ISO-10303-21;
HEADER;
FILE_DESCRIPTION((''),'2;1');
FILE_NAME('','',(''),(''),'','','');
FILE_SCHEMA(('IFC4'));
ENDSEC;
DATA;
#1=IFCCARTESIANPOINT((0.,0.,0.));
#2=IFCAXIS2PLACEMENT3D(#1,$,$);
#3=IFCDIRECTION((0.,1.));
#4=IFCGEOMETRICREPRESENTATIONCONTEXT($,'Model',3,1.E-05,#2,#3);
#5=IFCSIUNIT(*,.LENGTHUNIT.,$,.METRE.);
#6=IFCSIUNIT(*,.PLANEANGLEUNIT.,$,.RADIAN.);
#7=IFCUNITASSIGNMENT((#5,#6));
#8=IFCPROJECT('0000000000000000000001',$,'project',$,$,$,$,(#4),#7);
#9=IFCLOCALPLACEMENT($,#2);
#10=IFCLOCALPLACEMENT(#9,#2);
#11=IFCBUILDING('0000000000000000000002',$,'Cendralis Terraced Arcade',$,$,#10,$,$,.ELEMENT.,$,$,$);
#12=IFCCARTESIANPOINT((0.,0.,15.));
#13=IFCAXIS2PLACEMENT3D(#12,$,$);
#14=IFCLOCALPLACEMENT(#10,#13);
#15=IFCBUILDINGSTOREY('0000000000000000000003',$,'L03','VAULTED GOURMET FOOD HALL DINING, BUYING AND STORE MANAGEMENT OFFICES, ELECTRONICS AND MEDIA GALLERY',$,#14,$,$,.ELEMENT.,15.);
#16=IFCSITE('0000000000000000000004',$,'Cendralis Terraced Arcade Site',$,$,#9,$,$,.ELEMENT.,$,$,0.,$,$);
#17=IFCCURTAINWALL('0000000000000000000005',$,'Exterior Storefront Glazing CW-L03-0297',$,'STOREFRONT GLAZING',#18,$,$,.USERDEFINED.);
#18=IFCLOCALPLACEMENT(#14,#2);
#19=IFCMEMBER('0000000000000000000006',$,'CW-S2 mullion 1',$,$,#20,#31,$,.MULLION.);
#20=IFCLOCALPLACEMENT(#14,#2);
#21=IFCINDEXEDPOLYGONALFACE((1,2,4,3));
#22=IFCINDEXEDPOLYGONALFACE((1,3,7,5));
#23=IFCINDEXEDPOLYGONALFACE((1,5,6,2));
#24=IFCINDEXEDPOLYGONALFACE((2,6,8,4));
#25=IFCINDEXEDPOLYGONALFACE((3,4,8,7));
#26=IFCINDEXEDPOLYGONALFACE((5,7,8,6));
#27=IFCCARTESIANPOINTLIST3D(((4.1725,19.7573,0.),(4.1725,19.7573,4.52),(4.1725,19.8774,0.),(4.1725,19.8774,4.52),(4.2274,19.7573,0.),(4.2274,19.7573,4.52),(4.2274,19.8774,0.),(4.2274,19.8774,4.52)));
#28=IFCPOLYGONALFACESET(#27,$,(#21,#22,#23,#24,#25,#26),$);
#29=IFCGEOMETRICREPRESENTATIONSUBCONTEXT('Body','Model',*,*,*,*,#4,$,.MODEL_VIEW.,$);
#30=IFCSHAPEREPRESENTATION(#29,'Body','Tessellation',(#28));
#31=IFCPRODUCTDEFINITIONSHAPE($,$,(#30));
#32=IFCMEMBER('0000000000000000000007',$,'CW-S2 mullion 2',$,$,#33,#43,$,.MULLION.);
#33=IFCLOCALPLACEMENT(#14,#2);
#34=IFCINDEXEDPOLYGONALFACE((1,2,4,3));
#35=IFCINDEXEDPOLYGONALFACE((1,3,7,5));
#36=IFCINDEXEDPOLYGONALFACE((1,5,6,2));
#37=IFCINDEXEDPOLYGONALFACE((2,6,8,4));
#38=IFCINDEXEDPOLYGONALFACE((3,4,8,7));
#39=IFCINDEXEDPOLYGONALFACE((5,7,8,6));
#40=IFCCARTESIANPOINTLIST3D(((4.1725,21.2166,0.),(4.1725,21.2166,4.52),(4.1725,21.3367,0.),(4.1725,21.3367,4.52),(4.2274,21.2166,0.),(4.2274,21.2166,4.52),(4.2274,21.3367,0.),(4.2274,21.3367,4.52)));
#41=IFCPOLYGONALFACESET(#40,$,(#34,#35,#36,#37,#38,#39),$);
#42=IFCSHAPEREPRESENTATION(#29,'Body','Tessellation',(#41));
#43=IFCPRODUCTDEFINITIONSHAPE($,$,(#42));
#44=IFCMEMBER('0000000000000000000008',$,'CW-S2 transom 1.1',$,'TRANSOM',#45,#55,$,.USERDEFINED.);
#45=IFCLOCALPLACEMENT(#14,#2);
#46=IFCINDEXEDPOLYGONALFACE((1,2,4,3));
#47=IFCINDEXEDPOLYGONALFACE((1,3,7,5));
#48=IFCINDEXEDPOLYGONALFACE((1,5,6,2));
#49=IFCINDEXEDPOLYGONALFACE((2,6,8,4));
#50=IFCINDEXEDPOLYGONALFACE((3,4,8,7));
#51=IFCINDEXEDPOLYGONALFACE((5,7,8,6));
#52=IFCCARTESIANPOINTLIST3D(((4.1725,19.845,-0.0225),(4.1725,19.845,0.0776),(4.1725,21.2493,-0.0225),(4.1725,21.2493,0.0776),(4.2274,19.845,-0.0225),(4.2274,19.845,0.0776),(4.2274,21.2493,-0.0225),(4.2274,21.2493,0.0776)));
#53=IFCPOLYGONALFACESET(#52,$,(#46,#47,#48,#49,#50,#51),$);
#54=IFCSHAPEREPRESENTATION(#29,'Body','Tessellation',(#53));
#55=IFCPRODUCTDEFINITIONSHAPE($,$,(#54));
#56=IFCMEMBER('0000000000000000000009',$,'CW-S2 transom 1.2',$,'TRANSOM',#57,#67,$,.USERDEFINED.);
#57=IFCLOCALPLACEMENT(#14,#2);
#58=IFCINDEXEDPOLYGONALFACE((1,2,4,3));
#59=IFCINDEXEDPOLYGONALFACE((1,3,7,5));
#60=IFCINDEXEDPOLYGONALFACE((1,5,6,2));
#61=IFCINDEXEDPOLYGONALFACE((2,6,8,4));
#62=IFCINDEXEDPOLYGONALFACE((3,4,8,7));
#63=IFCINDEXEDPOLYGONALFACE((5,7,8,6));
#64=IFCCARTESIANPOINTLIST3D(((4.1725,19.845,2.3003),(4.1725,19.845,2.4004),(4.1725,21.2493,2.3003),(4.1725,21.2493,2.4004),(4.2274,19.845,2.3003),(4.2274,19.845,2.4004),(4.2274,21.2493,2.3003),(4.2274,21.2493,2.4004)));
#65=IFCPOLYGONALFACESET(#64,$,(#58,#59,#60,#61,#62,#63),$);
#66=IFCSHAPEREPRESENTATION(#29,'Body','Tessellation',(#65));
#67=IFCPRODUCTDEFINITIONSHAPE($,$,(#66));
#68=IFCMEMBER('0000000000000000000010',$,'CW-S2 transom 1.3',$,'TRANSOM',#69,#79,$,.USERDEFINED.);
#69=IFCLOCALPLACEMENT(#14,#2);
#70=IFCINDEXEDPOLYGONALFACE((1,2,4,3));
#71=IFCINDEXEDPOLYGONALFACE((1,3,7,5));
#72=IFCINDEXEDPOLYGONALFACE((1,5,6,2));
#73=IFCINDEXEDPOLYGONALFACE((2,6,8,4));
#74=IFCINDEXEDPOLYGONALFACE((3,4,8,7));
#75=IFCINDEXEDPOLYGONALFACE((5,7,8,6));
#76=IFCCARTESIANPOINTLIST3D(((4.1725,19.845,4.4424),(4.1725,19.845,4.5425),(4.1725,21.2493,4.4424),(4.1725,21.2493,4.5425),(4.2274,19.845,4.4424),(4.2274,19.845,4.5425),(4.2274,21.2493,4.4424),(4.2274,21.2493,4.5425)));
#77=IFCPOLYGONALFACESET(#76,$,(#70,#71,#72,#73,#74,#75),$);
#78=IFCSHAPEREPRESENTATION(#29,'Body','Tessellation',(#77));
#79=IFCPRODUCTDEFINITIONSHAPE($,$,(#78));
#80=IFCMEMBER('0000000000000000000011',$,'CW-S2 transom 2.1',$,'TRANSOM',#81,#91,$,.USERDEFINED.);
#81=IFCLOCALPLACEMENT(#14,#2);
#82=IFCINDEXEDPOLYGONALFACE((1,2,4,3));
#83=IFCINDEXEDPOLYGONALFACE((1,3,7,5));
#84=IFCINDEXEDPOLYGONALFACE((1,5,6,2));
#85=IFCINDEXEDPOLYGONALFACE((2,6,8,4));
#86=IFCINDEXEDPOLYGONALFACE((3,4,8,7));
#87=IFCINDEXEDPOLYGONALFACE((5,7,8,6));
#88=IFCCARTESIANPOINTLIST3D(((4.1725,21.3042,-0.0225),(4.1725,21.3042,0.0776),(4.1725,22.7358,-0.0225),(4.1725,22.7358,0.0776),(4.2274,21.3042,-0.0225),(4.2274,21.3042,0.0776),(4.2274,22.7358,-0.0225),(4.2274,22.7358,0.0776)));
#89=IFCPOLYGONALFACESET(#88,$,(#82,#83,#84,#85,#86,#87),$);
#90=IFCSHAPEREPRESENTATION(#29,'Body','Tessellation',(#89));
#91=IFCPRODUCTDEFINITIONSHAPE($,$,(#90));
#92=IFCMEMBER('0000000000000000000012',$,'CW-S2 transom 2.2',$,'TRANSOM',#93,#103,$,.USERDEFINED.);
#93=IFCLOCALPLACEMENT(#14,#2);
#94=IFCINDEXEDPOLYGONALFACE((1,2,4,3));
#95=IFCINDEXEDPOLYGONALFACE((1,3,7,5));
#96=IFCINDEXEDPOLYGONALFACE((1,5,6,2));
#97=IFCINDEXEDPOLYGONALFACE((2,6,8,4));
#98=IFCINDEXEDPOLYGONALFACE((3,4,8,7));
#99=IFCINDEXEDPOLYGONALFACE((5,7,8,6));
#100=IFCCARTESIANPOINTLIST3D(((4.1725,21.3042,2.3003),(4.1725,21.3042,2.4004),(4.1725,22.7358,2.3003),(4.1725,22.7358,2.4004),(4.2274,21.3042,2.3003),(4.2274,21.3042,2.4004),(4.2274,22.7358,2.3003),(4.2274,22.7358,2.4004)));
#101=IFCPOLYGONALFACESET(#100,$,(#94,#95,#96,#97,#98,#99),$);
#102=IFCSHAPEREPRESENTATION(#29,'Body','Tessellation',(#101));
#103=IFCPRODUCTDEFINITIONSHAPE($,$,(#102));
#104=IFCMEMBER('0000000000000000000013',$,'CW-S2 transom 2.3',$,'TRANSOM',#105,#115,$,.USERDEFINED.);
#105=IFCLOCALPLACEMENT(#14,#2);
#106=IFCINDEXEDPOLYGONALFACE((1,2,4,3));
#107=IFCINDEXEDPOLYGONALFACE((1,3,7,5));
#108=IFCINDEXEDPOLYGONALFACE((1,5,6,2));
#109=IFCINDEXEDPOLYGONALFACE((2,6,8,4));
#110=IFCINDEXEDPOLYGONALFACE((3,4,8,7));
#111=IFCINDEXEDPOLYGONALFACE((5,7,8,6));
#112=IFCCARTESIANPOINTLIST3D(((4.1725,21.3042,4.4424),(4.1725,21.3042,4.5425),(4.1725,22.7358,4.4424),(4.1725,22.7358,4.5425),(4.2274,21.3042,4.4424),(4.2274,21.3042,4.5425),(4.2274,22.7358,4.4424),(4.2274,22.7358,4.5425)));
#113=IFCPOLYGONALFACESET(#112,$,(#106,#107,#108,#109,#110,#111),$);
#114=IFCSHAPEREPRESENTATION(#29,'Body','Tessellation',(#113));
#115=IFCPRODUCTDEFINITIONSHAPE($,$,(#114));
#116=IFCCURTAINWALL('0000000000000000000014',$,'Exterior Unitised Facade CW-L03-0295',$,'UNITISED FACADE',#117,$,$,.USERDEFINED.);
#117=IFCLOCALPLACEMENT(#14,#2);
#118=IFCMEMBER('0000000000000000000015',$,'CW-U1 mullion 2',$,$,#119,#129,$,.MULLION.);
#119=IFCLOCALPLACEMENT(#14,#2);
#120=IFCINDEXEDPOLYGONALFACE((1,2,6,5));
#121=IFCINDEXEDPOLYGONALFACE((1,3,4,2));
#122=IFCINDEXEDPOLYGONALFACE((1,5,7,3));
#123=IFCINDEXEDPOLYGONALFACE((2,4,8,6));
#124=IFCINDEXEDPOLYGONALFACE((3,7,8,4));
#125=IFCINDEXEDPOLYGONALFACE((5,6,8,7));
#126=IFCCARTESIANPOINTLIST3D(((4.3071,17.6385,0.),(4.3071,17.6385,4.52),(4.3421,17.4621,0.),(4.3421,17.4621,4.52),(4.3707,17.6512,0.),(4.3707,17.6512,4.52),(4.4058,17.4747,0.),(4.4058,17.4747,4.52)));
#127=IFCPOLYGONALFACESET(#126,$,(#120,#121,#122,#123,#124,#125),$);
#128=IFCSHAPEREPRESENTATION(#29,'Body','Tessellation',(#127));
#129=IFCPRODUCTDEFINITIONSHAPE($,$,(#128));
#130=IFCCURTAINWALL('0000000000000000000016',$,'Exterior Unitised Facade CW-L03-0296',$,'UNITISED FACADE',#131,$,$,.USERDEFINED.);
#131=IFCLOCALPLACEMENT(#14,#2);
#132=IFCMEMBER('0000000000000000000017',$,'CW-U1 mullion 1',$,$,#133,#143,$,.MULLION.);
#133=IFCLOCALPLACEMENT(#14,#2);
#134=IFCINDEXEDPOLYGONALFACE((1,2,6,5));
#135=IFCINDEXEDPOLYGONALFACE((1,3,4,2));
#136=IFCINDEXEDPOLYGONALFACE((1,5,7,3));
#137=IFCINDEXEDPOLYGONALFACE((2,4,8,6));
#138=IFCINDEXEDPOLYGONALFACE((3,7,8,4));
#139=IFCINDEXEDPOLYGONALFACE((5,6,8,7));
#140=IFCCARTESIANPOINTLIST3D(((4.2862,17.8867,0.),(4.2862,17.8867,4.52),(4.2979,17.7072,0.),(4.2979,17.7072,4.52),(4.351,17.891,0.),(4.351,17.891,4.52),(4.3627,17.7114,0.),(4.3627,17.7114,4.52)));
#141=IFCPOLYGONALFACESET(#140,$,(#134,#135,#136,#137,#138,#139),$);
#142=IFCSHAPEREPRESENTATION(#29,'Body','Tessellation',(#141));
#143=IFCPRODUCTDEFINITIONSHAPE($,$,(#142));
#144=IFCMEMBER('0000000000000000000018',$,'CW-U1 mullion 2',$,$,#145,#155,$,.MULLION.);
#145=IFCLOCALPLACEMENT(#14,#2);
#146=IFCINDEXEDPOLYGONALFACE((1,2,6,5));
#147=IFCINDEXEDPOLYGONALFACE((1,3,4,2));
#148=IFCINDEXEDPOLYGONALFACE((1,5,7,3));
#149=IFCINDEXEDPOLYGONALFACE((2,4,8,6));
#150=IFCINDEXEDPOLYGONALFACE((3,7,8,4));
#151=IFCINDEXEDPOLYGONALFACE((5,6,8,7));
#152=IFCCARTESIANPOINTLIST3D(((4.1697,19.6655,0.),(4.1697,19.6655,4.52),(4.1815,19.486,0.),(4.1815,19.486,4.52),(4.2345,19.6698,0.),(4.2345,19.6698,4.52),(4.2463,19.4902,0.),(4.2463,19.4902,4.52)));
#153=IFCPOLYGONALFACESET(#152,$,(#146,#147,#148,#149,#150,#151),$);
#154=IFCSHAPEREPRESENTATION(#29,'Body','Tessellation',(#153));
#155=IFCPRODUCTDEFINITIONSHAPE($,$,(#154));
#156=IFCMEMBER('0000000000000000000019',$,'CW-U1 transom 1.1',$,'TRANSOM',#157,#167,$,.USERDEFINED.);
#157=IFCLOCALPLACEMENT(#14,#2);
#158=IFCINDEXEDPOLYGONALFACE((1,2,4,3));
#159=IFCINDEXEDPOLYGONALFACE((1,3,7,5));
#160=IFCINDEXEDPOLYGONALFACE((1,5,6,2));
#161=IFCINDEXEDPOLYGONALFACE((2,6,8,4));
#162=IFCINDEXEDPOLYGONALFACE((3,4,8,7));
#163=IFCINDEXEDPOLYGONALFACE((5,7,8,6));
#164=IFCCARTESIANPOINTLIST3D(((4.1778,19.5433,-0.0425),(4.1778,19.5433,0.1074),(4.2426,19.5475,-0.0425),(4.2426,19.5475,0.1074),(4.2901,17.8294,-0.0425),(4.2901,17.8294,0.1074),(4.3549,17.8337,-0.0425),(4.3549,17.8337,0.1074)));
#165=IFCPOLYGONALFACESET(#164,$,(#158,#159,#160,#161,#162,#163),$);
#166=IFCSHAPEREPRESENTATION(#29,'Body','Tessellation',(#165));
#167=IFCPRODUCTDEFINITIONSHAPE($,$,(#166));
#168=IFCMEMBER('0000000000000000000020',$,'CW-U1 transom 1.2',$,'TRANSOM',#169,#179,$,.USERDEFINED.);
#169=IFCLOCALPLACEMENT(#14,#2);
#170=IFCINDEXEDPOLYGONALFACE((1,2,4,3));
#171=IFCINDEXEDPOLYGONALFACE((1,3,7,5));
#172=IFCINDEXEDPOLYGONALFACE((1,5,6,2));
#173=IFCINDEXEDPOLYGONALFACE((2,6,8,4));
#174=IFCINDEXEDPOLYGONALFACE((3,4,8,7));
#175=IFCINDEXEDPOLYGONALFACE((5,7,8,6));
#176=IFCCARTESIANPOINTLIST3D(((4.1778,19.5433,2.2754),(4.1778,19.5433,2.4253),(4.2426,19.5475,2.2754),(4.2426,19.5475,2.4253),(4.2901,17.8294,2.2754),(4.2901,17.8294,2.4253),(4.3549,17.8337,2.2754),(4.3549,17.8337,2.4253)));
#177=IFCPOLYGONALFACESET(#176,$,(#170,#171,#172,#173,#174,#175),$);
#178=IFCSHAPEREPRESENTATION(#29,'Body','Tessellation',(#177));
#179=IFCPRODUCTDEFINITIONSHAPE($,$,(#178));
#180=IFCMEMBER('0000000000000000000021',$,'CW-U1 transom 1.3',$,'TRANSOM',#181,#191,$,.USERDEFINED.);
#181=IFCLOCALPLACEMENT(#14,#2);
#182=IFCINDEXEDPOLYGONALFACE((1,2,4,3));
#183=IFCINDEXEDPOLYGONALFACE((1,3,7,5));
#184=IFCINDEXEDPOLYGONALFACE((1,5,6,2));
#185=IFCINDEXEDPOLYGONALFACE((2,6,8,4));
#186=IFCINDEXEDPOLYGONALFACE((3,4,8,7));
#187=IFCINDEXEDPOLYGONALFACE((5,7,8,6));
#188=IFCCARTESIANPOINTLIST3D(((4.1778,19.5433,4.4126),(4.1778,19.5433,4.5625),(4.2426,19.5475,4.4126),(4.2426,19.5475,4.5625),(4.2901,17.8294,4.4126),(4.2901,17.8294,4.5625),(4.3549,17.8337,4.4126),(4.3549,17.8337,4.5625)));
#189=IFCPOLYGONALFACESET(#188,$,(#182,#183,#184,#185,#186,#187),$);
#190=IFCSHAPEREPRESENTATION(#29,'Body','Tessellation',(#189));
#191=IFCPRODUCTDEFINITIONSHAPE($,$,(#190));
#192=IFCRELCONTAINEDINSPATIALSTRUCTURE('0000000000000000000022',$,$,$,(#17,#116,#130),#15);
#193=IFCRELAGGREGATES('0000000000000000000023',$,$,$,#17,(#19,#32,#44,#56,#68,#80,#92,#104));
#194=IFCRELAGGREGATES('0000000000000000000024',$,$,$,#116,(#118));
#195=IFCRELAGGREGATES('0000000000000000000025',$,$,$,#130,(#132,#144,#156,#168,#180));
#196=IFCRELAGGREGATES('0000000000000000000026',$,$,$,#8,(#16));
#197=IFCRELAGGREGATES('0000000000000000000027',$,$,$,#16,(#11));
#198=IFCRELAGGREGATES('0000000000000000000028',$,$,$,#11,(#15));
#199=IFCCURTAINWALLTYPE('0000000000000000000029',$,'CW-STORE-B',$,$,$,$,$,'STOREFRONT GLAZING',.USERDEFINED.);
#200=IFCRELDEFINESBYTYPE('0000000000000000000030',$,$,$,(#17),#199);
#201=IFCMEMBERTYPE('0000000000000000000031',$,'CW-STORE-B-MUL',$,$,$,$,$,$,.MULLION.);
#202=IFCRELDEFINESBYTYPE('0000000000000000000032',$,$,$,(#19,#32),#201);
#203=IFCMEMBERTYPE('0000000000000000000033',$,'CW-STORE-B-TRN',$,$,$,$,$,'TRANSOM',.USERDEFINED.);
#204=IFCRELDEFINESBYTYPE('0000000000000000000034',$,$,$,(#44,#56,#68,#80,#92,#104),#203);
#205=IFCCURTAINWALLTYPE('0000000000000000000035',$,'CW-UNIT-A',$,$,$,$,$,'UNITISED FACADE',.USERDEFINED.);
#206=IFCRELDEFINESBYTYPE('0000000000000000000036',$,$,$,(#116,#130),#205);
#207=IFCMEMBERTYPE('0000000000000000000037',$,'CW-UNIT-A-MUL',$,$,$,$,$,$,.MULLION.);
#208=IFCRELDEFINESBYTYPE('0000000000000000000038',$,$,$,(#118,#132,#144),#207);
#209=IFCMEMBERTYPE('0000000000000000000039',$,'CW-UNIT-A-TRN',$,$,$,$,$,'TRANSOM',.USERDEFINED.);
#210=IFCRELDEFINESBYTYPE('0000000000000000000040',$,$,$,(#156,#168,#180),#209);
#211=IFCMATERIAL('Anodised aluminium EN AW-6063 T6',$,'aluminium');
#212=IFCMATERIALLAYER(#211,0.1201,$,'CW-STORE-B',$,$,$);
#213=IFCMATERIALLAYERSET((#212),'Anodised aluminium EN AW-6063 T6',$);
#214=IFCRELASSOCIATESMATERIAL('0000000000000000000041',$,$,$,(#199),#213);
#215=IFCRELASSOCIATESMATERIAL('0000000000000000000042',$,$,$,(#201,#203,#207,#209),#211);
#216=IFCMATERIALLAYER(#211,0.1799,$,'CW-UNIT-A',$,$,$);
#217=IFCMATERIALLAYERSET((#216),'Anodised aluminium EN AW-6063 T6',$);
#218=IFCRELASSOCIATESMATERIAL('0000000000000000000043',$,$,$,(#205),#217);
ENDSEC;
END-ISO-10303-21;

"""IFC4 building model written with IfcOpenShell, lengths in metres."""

from ifc_helpers import new_model, si_unit, direction, frame, origin, origin_2d, place, context, subcontext, project, spatial, rectangle, extrude, material, layer, layer_set, material_profile, profile_set, type_object, element, aggregate, save


model = new_model("IFC4")

# Units and contexts
model_context = context("Model", 3, precision=1e-05, world=origin(), true_north=direction((0.0, 1.0)))
body_context = subcontext(model_context, "Body", "Model", "MODEL_VIEW")
ifc_project = project(units=[si_unit("LENGTHUNIT", "METRE"), si_unit("PLANEANGLEUNIT", "RADIAN")], contexts=[model_context])

# Site, building, storey
site_placement = place(None, origin())
site = spatial("IfcSite", under=ifc_project, at=site_placement, Name="Cendralis Terraced Arcade Site", CompositionType="ELEMENT", RefElevation=0.0)
building_placement = place(site_placement, origin())
building = spatial("IfcBuilding", under=site, at=building_placement, Name="Cendralis Terraced Arcade", CompositionType="ELEMENT")
storey_placement = place(building_placement, frame((0.0, 0.0, 15.0)))
storey = spatial("IfcBuildingStorey", under=building, at=storey_placement, Name="L03", Description="VAULTED GOURMET FOOD HALL DINING, BUYING AND STORE MANAGEMENT OFFICES, ELECTRONICS AND MEDIA GALLERY", CompositionType="ELEMENT", Elevation=15.0)

# Curtain wall, members
ifc_material_1 = material(Name="Anodised aluminium EN AW-6063 T6", Category="aluminium")
ifc_layer_1 = layer(ifc_material_1, 0.1201, Name="CW-STORE-B")
ifc_layer_set_1 = layer_set([ifc_layer_1], Name="Anodised aluminium EN AW-6063 T6")
curtain_wall_type_1 = type_object("IfcCurtainWallType", Name="CW-STORE-B", ElementType="STOREFRONT GLAZING", PredefinedType="USERDEFINED", material=ifc_layer_set_1)
curtain_wall_1_placement = place(storey_placement, origin())
curtain_wall_1 = element("IfcCurtainWall", 1, at=curtain_wall_1_placement, inside=storey, type_object=curtain_wall_type_1, Name="Exterior Storefront Glazing CW-L03-0297", ObjectType="STOREFRONT GLAZING", PredefinedType="USERDEFINED")
ifc_material_profile_1 = material_profile(ifc_material_1, rectangle(XDim=0.0549, YDim=0.1201, at=origin_2d()), Name="ALU-MUL-55x120")
ifc_profile_set_1 = profile_set([ifc_material_profile_1], Name="Anodised aluminium EN AW-6063 T6")
member_type_1 = type_object("IfcMemberType", Name="CW-STORE-B-MUL", PredefinedType="MULLION", material=ifc_profile_set_1)
member_1_placement = place(storey_placement, frame((4.2, 19.8174, 0.0), z_axis=(0.0, 0.0, 1.0), x_axis=(-1.0, 0.0, 0.0)))
member_1 = element("IfcMember", 2, at=member_1_placement, type_object=member_type_1, Name="CW-S2 mullion 1", PredefinedType="MULLION", context=body_context, shape_type="SweptSolid", body=[
    extrude(rectangle(XDim=0.0549, YDim=0.1201, at=origin_2d()), origin(), (0.0, 0.0, 1.0), 4.52),
])
member_2_placement = place(storey_placement, frame((4.2, 21.2766, 0.0), z_axis=(0.0, 0.0, 1.0), x_axis=(-1.0, 0.0, 0.0)))
member_2 = element("IfcMember", 3, at=member_2_placement, type_object=member_type_1, Name="CW-S2 mullion 2", PredefinedType="MULLION", context=body_context, shape_type="SweptSolid", body=[
    extrude(rectangle(XDim=0.0549, YDim=0.1201, at=origin_2d()), origin(), (0.0, 0.0, 1.0), 4.52),
])
ifc_material_profile_2 = material_profile(ifc_material_1, rectangle(XDim=0.0549, YDim=0.1001, at=origin_2d()), Name="ALU-TRN-55x100")
ifc_profile_set_2 = profile_set([ifc_material_profile_2], Name="Anodised aluminium EN AW-6063 T6")
member_type_2 = type_object("IfcMemberType", Name="CW-STORE-B-TRN", ElementType="TRANSOM", PredefinedType="USERDEFINED", material=ifc_profile_set_2)
member_3_placement = place(storey_placement, frame((4.2, 19.845, 0.0276), z_axis=(0.0, 1.0, 0.0), x_axis=(-1.0, 0.0, 0.0)))
member_3 = element("IfcMember", 4, at=member_3_placement, type_object=member_type_2, Name="CW-S2 transom 1.1", ObjectType="TRANSOM", PredefinedType="USERDEFINED", context=body_context, shape_type="SweptSolid", body=[
    extrude(rectangle(XDim=0.0549, YDim=0.1001, at=origin_2d()), origin(), (0.0, 0.0, 1.0), 1.4043),
])
member_4_placement = place(storey_placement, frame((4.2, 19.845, 2.3503), z_axis=(0.0, 1.0, 0.0), x_axis=(-1.0, 0.0, 0.0)))
member_4 = element("IfcMember", 5, at=member_4_placement, type_object=member_type_2, Name="CW-S2 transom 1.2", ObjectType="TRANSOM", PredefinedType="USERDEFINED", context=body_context, shape_type="SweptSolid", body=[
    extrude(rectangle(XDim=0.0549, YDim=0.1001, at=origin_2d()), origin(), (0.0, 0.0, 1.0), 1.4043),
])
member_5_placement = place(storey_placement, frame((4.2, 19.845, 4.4924), z_axis=(0.0, 1.0, 0.0), x_axis=(-1.0, 0.0, 0.0)))
member_5 = element("IfcMember", 6, at=member_5_placement, type_object=member_type_2, Name="CW-S2 transom 1.3", ObjectType="TRANSOM", PredefinedType="USERDEFINED", context=body_context, shape_type="SweptSolid", body=[
    extrude(rectangle(XDim=0.0549, YDim=0.1001, at=origin_2d()), origin(), (0.0, 0.0, 1.0), 1.4043),
])
member_6_placement = place(storey_placement, frame((4.2, 21.3042, 0.0276), z_axis=(0.0, 1.0, 0.0), x_axis=(-1.0, 0.0, 0.0)))
member_6 = element("IfcMember", 7, at=member_6_placement, type_object=member_type_2, Name="CW-S2 transom 2.1", ObjectType="TRANSOM", PredefinedType="USERDEFINED", context=body_context, shape_type="SweptSolid", body=[
    extrude(rectangle(XDim=0.0549, YDim=0.1001, at=origin_2d()), origin(), (0.0, 0.0, 1.0), 1.4316),
])
member_7_placement = place(storey_placement, frame((4.2, 21.3042, 2.3503), z_axis=(0.0, 1.0, 0.0), x_axis=(-1.0, 0.0, 0.0)))
member_7 = element("IfcMember", 8, at=member_7_placement, type_object=member_type_2, Name="CW-S2 transom 2.2", ObjectType="TRANSOM", PredefinedType="USERDEFINED", context=body_context, shape_type="SweptSolid", body=[
    extrude(rectangle(XDim=0.0549, YDim=0.1001, at=origin_2d()), origin(), (0.0, 0.0, 1.0), 1.4316),
])
member_8_placement = place(storey_placement, frame((4.2, 21.3042, 4.4924), z_axis=(0.0, 1.0, 0.0), x_axis=(-1.0, 0.0, 0.0)))
member_8 = element("IfcMember", 9, at=member_8_placement, type_object=member_type_2, Name="CW-S2 transom 2.3", ObjectType="TRANSOM", PredefinedType="USERDEFINED", context=body_context, shape_type="SweptSolid", body=[
    extrude(rectangle(XDim=0.0549, YDim=0.1001, at=origin_2d()), origin(), (0.0, 0.0, 1.0), 1.4316),
])

# Curtain wall, member
ifc_layer_2 = layer(ifc_material_1, 0.1799, Name="CW-UNIT-A")
ifc_layer_set_2 = layer_set([ifc_layer_2], Name="Anodised aluminium EN AW-6063 T6")
curtain_wall_type_2 = type_object("IfcCurtainWallType", Name="CW-UNIT-A", ElementType="UNITISED FACADE", PredefinedType="USERDEFINED", material=ifc_layer_set_2)
curtain_wall_2_placement = place(storey_placement, origin())
curtain_wall_2 = element("IfcCurtainWall", 10, at=curtain_wall_2_placement, inside=storey, type_object=curtain_wall_type_2, Name="Exterior Unitised Facade CW-L03-0295", ObjectType="UNITISED FACADE", PredefinedType="USERDEFINED")
ifc_material_profile_3 = material_profile(ifc_material_1, rectangle(XDim=0.0649, YDim=0.1799, at=origin_2d()), Name="ALU-MUL-65x180")
ifc_profile_set_3 = profile_set([ifc_material_profile_3], Name="Anodised aluminium EN AW-6063 T6")
member_type_3 = type_object("IfcMemberType", Name="CW-UNIT-A-MUL", PredefinedType="MULLION", material=ifc_profile_set_3)
member_9_placement = place(storey_placement, frame((4.3564, 17.5566, 0.0), z_axis=(0.0, 0.0, 1.0), x_axis=(-0.980797, -0.195033, 0.0)))
member_9 = element("IfcMember", 11, at=member_9_placement, type_object=member_type_3, Name="CW-U1 mullion 2", PredefinedType="MULLION", context=body_context, shape_type="SweptSolid", body=[
    extrude(rectangle(XDim=0.0649, YDim=0.1799, at=origin_2d()), origin(), (0.0, 0.0, 1.0), 4.52),
])

# Curtain wall, members
curtain_wall_3_placement = place(storey_placement, origin())
curtain_wall_3 = element("IfcCurtainWall", 12, at=curtain_wall_3_placement, inside=storey, type_object=curtain_wall_type_2, Name="Exterior Unitised Facade CW-L03-0296", ObjectType="UNITISED FACADE", PredefinedType="USERDEFINED")
member_10_placement = place(storey_placement, frame((4.3245, 17.7991, 0.0), z_axis=(0.0, 0.0, 1.0), x_axis=(-0.99786, -0.065384, 0.0)))
member_10 = element("IfcMember", 13, at=member_10_placement, type_object=member_type_3, Name="CW-U1 mullion 1", PredefinedType="MULLION", context=body_context, shape_type="SweptSolid", body=[
    extrude(rectangle(XDim=0.0649, YDim=0.1799, at=origin_2d()), origin(), (0.0, 0.0, 1.0), 4.52),
])
member_11_placement = place(storey_placement, frame((4.208, 19.5779, 0.0), z_axis=(0.0, 0.0, 1.0), x_axis=(-0.99786, -0.065384, 0.0)))
member_11 = element("IfcMember", 14, at=member_11_placement, type_object=member_type_3, Name="CW-U1 mullion 2", PredefinedType="MULLION", context=body_context, shape_type="SweptSolid", body=[
    extrude(rectangle(XDim=0.0649, YDim=0.1799, at=origin_2d()), origin(), (0.0, 0.0, 1.0), 4.52),
])
ifc_material_profile_4 = material_profile(ifc_material_1, rectangle(XDim=0.0649, YDim=0.1499, at=origin_2d()), Name="ALU-TRN-65x150")
ifc_profile_set_4 = profile_set([ifc_material_profile_4], Name="Anodised aluminium EN AW-6063 T6")
member_type_4 = type_object("IfcMemberType", Name="CW-UNIT-A-TRN", ElementType="TRANSOM", PredefinedType="USERDEFINED", material=ifc_profile_set_4)
member_12_placement = place(storey_placement, frame((4.3225, 17.8315, 0.0325), z_axis=(-0.065387, 0.99786, 0.0), x_axis=(-0.99786, -0.065387, 0.0)))
member_12 = element("IfcMember", 15, at=member_12_placement, type_object=member_type_4, Name="CW-U1 transom 1.1", ObjectType="TRANSOM", PredefinedType="USERDEFINED", context=body_context, shape_type="SweptSolid", body=[
    extrude(rectangle(XDim=0.0649, YDim=0.1499, at=origin_2d()), origin(), (0.0, 0.0, 1.0), 1.7175),
])
member_13_placement = place(storey_placement, frame((4.3225, 17.8315, 2.3503), z_axis=(-0.065387, 0.99786, 0.0), x_axis=(-0.99786, -0.065387, 0.0)))
member_13 = element("IfcMember", 16, at=member_13_placement, type_object=member_type_4, Name="CW-U1 transom 1.2", ObjectType="TRANSOM", PredefinedType="USERDEFINED", context=body_context, shape_type="SweptSolid", body=[
    extrude(rectangle(XDim=0.0649, YDim=0.1499, at=origin_2d()), origin(), (0.0, 0.0, 1.0), 1.7175),
])
member_14_placement = place(storey_placement, frame((4.3225, 17.8315, 4.4875), z_axis=(-0.065387, 0.99786, 0.0), x_axis=(-0.99786, -0.065387, 0.0)))
member_14 = element("IfcMember", 17, at=member_14_placement, type_object=member_type_4, Name="CW-U1 transom 1.3", ObjectType="TRANSOM", PredefinedType="USERDEFINED", context=body_context, shape_type="SweptSolid", body=[
    extrude(rectangle(XDim=0.0649, YDim=0.1499, at=origin_2d()), origin(), (0.0, 0.0, 1.0), 1.7175),
])

aggregate(curtain_wall_1, [member_1, member_2, member_3, member_4, member_5, member_6, member_7, member_8])
aggregate(curtain_wall_2, [member_9])
aggregate(curtain_wall_3, [member_10, member_11, member_12, member_13, member_14])

save(model, "model.ifc")
